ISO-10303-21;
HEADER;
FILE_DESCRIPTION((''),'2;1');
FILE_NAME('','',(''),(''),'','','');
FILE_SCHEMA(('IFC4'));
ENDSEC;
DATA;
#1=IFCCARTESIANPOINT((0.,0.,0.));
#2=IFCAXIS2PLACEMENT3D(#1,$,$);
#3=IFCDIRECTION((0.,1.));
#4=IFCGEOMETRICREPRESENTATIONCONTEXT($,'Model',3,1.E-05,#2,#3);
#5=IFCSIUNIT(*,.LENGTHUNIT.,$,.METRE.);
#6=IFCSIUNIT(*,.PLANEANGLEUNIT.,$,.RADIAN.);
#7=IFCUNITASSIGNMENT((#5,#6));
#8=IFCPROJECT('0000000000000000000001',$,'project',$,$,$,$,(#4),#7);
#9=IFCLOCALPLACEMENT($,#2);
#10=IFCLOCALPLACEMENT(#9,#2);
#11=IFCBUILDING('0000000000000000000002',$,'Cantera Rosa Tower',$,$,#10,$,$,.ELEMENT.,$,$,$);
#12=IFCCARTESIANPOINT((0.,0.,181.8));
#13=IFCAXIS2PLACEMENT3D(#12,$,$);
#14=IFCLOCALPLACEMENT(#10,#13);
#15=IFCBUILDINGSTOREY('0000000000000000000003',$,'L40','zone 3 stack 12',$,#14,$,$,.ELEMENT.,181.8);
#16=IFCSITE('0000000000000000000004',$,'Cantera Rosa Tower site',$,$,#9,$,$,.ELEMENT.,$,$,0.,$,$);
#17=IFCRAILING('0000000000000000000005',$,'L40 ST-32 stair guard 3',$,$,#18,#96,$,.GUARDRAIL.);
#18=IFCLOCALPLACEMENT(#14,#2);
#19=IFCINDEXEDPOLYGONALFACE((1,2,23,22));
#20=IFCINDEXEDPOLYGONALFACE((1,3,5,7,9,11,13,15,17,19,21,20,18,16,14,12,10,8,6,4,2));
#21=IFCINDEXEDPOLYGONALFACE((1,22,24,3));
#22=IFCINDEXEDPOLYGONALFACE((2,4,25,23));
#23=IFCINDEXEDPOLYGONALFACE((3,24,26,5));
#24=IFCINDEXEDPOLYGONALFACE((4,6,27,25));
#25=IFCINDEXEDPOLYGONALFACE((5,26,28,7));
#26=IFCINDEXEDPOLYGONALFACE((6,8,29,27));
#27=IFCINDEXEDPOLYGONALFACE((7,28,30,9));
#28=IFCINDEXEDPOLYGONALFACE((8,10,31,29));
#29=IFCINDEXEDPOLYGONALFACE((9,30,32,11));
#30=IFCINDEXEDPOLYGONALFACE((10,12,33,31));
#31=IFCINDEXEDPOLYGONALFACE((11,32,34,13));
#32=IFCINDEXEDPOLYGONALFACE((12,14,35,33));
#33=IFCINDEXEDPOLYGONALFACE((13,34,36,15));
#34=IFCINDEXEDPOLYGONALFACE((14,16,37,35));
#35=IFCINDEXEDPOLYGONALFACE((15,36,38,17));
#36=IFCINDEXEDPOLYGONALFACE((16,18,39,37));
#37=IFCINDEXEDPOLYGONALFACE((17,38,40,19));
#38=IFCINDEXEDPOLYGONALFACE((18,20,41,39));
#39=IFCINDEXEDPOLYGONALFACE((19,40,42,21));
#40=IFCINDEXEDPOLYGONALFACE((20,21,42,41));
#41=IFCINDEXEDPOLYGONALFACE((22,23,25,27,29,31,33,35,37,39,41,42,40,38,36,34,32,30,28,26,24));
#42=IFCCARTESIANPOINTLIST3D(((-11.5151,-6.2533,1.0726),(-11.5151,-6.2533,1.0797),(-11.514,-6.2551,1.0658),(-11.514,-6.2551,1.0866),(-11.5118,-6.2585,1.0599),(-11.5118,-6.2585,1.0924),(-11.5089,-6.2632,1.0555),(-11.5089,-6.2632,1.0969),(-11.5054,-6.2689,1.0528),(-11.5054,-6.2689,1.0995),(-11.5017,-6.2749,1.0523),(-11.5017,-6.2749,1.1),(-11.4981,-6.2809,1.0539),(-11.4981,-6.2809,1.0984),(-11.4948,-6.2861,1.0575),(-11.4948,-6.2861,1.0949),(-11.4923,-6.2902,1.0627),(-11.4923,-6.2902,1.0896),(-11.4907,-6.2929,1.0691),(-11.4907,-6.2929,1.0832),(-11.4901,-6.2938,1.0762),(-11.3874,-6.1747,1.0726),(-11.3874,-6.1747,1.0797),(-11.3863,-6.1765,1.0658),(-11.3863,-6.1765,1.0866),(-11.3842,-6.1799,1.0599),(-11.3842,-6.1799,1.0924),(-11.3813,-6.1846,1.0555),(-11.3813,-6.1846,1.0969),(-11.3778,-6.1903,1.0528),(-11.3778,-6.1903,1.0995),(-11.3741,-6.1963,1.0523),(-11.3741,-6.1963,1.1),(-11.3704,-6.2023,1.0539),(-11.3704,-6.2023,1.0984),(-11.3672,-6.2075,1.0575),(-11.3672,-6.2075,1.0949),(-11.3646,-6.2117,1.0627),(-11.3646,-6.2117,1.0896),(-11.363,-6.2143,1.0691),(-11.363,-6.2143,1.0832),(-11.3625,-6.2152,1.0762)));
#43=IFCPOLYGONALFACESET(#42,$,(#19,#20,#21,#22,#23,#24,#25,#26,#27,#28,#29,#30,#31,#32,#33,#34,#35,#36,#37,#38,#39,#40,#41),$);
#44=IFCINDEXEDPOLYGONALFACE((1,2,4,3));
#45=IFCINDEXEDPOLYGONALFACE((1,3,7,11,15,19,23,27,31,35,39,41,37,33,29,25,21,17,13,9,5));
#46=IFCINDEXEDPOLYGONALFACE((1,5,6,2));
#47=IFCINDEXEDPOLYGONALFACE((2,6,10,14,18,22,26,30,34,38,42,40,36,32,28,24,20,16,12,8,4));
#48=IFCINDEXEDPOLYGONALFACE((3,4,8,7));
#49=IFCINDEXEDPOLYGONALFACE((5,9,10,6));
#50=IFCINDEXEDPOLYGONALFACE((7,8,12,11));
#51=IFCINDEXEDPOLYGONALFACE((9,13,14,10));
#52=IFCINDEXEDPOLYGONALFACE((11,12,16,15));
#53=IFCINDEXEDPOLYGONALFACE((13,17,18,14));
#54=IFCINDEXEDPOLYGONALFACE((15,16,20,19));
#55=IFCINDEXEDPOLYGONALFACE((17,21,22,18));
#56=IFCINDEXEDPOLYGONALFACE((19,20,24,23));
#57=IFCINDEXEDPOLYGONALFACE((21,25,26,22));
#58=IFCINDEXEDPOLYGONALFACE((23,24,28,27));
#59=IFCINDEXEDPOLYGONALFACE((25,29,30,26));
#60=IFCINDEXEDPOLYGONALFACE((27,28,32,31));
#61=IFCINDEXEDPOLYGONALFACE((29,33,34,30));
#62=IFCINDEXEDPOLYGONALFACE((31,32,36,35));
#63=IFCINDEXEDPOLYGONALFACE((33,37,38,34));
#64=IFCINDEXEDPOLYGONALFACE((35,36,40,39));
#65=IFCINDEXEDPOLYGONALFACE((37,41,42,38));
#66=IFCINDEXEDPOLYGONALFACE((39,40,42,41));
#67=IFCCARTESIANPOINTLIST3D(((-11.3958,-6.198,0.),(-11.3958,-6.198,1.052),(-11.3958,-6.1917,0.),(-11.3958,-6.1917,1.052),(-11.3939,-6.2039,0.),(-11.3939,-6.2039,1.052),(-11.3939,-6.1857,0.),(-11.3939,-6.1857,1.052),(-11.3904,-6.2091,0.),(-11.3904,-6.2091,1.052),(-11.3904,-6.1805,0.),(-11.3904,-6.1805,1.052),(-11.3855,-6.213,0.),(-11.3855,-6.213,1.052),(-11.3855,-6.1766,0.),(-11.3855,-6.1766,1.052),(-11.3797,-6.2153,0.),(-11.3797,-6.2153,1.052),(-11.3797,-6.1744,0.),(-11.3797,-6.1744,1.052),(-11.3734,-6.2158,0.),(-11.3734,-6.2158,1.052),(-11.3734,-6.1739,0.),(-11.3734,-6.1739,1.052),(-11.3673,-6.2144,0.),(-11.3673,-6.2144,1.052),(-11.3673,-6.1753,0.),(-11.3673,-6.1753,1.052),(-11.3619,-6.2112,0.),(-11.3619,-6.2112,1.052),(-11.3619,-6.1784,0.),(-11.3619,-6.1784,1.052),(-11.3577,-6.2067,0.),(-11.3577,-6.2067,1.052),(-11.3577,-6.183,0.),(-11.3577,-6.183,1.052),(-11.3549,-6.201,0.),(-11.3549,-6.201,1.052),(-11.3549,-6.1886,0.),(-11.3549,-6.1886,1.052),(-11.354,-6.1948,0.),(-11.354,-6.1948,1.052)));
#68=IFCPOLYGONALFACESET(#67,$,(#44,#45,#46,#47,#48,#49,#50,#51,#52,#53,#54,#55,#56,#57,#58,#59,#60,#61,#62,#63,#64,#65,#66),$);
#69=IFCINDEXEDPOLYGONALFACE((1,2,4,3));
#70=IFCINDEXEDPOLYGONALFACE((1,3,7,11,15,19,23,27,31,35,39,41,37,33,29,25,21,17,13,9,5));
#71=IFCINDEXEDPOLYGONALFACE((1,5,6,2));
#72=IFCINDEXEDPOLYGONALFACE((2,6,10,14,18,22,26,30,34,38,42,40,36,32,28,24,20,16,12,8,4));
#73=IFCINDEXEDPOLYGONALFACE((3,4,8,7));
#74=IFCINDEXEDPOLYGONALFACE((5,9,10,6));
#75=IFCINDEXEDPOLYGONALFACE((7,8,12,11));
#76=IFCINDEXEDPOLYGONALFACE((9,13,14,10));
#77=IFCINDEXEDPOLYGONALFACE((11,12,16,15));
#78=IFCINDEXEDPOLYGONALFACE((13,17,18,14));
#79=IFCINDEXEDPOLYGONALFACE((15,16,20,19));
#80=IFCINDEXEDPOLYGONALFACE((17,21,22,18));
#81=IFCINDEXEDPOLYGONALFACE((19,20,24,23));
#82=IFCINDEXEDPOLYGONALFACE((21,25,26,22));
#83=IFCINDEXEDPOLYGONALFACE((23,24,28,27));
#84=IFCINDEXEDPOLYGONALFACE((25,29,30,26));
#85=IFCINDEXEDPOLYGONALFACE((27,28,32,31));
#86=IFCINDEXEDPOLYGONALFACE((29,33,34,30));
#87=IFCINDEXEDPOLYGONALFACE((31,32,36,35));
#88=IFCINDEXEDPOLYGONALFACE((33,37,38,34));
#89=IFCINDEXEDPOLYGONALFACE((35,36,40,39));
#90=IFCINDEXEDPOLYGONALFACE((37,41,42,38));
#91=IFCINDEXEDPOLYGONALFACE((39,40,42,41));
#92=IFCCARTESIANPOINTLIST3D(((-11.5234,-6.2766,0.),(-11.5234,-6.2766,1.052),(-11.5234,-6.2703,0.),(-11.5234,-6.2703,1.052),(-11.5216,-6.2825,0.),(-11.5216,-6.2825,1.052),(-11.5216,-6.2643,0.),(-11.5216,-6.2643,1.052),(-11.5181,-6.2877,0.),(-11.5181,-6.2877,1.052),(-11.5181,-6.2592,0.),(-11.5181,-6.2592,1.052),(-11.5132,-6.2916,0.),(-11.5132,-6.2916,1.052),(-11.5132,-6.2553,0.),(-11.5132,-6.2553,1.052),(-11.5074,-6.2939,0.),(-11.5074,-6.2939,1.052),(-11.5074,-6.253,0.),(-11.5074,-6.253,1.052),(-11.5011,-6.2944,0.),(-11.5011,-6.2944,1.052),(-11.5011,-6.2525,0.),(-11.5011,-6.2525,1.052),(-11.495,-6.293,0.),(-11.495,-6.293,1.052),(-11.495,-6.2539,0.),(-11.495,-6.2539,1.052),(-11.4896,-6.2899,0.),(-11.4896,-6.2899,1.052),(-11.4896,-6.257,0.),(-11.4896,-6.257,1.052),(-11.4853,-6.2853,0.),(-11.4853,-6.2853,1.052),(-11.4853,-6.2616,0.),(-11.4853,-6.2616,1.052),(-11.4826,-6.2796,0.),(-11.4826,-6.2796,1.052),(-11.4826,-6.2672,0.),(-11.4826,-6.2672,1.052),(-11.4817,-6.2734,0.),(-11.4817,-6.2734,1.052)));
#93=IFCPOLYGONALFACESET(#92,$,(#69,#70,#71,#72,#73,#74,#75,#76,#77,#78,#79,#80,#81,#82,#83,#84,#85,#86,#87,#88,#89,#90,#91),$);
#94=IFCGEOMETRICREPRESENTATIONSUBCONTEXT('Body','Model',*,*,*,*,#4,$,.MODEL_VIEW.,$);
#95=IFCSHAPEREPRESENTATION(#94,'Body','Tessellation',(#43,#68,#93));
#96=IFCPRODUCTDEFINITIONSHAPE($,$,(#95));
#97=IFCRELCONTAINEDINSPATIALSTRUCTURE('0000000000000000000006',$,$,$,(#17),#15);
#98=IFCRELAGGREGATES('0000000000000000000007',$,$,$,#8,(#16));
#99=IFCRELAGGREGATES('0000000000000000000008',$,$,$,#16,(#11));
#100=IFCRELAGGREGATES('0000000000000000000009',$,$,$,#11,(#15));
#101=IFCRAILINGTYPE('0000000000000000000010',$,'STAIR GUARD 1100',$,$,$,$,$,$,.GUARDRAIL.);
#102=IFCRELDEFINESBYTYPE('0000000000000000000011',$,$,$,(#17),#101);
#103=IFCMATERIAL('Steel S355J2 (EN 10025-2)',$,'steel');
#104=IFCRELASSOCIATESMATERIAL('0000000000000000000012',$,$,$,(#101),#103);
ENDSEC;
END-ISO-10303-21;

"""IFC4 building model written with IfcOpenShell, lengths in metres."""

from ifc_helpers import new_model, si_unit, direction, frame, origin, origin_2d, place, context, subcontext, project, spatial, circle, extrude, material, type_object, element, save


model = new_model("IFC4")

# Units and contexts
model_context = context("Model", 3, precision=1e-05, world=origin(), true_north=direction((0.0, 1.0)))
body_context = subcontext(model_context, "Body", "Model", "MODEL_VIEW")
ifc_project = project(units=[si_unit("LENGTHUNIT", "METRE"), si_unit("PLANEANGLEUNIT", "RADIAN")], contexts=[model_context])

# Site, building, storey
site_placement = place(None, origin())
site = spatial("IfcSite", under=ifc_project, at=site_placement, Name="Cantera Rosa Tower site", CompositionType="ELEMENT", RefElevation=0.0)
building_placement = place(site_placement, origin())
building = spatial("IfcBuilding", under=site, at=building_placement, Name="Cantera Rosa Tower", CompositionType="ELEMENT")
storey_placement = place(building_placement, frame((0.0, 0.0, 181.8)))
storey = spatial("IfcBuildingStorey", under=building, at=storey_placement, Name="L40", Description="zone 3 stack 12", CompositionType="ELEMENT", Elevation=181.8)

# Railing
ifc_material_1 = material(Name="Steel S355J2 (EN 10025-2)", Category="steel")
railing_type_1 = type_object("IfcRailingType", Name="STAIR GUARD 1100", PredefinedType="GUARDRAIL", material=ifc_material_1)
railing_1_placement = place(storey_placement, frame((-11.375, -6.1948, 0.0)))
element("IfcRailing", 1, at=railing_1_placement, inside=storey, type_object=railing_type_1, Name="L40 ST-32 stair guard 3", PredefinedType="GUARDRAIL", context=body_context, shape_type="SweptSolid", body=[
    extrude(circle(Radius=0.0239, at=origin_2d()), frame((0.0, 0.0, 1.0762), z_axis=(-0.851546, -0.524279, 0.0), x_axis=(0.524279, -0.851546, 0.0)), (0.0, 0.0, 1.0), 0.1499),
    extrude(circle(Radius=0.021, at=origin_2d()), origin(), (0.0, 0.0, 1.0), 1.052),
    extrude(circle(Radius=0.021, at=origin_2d()), frame((-0.1277, -0.0786, 0.0)), (0.0, 0.0, 1.0), 1.052),
])

save(model, "model.ifc")
